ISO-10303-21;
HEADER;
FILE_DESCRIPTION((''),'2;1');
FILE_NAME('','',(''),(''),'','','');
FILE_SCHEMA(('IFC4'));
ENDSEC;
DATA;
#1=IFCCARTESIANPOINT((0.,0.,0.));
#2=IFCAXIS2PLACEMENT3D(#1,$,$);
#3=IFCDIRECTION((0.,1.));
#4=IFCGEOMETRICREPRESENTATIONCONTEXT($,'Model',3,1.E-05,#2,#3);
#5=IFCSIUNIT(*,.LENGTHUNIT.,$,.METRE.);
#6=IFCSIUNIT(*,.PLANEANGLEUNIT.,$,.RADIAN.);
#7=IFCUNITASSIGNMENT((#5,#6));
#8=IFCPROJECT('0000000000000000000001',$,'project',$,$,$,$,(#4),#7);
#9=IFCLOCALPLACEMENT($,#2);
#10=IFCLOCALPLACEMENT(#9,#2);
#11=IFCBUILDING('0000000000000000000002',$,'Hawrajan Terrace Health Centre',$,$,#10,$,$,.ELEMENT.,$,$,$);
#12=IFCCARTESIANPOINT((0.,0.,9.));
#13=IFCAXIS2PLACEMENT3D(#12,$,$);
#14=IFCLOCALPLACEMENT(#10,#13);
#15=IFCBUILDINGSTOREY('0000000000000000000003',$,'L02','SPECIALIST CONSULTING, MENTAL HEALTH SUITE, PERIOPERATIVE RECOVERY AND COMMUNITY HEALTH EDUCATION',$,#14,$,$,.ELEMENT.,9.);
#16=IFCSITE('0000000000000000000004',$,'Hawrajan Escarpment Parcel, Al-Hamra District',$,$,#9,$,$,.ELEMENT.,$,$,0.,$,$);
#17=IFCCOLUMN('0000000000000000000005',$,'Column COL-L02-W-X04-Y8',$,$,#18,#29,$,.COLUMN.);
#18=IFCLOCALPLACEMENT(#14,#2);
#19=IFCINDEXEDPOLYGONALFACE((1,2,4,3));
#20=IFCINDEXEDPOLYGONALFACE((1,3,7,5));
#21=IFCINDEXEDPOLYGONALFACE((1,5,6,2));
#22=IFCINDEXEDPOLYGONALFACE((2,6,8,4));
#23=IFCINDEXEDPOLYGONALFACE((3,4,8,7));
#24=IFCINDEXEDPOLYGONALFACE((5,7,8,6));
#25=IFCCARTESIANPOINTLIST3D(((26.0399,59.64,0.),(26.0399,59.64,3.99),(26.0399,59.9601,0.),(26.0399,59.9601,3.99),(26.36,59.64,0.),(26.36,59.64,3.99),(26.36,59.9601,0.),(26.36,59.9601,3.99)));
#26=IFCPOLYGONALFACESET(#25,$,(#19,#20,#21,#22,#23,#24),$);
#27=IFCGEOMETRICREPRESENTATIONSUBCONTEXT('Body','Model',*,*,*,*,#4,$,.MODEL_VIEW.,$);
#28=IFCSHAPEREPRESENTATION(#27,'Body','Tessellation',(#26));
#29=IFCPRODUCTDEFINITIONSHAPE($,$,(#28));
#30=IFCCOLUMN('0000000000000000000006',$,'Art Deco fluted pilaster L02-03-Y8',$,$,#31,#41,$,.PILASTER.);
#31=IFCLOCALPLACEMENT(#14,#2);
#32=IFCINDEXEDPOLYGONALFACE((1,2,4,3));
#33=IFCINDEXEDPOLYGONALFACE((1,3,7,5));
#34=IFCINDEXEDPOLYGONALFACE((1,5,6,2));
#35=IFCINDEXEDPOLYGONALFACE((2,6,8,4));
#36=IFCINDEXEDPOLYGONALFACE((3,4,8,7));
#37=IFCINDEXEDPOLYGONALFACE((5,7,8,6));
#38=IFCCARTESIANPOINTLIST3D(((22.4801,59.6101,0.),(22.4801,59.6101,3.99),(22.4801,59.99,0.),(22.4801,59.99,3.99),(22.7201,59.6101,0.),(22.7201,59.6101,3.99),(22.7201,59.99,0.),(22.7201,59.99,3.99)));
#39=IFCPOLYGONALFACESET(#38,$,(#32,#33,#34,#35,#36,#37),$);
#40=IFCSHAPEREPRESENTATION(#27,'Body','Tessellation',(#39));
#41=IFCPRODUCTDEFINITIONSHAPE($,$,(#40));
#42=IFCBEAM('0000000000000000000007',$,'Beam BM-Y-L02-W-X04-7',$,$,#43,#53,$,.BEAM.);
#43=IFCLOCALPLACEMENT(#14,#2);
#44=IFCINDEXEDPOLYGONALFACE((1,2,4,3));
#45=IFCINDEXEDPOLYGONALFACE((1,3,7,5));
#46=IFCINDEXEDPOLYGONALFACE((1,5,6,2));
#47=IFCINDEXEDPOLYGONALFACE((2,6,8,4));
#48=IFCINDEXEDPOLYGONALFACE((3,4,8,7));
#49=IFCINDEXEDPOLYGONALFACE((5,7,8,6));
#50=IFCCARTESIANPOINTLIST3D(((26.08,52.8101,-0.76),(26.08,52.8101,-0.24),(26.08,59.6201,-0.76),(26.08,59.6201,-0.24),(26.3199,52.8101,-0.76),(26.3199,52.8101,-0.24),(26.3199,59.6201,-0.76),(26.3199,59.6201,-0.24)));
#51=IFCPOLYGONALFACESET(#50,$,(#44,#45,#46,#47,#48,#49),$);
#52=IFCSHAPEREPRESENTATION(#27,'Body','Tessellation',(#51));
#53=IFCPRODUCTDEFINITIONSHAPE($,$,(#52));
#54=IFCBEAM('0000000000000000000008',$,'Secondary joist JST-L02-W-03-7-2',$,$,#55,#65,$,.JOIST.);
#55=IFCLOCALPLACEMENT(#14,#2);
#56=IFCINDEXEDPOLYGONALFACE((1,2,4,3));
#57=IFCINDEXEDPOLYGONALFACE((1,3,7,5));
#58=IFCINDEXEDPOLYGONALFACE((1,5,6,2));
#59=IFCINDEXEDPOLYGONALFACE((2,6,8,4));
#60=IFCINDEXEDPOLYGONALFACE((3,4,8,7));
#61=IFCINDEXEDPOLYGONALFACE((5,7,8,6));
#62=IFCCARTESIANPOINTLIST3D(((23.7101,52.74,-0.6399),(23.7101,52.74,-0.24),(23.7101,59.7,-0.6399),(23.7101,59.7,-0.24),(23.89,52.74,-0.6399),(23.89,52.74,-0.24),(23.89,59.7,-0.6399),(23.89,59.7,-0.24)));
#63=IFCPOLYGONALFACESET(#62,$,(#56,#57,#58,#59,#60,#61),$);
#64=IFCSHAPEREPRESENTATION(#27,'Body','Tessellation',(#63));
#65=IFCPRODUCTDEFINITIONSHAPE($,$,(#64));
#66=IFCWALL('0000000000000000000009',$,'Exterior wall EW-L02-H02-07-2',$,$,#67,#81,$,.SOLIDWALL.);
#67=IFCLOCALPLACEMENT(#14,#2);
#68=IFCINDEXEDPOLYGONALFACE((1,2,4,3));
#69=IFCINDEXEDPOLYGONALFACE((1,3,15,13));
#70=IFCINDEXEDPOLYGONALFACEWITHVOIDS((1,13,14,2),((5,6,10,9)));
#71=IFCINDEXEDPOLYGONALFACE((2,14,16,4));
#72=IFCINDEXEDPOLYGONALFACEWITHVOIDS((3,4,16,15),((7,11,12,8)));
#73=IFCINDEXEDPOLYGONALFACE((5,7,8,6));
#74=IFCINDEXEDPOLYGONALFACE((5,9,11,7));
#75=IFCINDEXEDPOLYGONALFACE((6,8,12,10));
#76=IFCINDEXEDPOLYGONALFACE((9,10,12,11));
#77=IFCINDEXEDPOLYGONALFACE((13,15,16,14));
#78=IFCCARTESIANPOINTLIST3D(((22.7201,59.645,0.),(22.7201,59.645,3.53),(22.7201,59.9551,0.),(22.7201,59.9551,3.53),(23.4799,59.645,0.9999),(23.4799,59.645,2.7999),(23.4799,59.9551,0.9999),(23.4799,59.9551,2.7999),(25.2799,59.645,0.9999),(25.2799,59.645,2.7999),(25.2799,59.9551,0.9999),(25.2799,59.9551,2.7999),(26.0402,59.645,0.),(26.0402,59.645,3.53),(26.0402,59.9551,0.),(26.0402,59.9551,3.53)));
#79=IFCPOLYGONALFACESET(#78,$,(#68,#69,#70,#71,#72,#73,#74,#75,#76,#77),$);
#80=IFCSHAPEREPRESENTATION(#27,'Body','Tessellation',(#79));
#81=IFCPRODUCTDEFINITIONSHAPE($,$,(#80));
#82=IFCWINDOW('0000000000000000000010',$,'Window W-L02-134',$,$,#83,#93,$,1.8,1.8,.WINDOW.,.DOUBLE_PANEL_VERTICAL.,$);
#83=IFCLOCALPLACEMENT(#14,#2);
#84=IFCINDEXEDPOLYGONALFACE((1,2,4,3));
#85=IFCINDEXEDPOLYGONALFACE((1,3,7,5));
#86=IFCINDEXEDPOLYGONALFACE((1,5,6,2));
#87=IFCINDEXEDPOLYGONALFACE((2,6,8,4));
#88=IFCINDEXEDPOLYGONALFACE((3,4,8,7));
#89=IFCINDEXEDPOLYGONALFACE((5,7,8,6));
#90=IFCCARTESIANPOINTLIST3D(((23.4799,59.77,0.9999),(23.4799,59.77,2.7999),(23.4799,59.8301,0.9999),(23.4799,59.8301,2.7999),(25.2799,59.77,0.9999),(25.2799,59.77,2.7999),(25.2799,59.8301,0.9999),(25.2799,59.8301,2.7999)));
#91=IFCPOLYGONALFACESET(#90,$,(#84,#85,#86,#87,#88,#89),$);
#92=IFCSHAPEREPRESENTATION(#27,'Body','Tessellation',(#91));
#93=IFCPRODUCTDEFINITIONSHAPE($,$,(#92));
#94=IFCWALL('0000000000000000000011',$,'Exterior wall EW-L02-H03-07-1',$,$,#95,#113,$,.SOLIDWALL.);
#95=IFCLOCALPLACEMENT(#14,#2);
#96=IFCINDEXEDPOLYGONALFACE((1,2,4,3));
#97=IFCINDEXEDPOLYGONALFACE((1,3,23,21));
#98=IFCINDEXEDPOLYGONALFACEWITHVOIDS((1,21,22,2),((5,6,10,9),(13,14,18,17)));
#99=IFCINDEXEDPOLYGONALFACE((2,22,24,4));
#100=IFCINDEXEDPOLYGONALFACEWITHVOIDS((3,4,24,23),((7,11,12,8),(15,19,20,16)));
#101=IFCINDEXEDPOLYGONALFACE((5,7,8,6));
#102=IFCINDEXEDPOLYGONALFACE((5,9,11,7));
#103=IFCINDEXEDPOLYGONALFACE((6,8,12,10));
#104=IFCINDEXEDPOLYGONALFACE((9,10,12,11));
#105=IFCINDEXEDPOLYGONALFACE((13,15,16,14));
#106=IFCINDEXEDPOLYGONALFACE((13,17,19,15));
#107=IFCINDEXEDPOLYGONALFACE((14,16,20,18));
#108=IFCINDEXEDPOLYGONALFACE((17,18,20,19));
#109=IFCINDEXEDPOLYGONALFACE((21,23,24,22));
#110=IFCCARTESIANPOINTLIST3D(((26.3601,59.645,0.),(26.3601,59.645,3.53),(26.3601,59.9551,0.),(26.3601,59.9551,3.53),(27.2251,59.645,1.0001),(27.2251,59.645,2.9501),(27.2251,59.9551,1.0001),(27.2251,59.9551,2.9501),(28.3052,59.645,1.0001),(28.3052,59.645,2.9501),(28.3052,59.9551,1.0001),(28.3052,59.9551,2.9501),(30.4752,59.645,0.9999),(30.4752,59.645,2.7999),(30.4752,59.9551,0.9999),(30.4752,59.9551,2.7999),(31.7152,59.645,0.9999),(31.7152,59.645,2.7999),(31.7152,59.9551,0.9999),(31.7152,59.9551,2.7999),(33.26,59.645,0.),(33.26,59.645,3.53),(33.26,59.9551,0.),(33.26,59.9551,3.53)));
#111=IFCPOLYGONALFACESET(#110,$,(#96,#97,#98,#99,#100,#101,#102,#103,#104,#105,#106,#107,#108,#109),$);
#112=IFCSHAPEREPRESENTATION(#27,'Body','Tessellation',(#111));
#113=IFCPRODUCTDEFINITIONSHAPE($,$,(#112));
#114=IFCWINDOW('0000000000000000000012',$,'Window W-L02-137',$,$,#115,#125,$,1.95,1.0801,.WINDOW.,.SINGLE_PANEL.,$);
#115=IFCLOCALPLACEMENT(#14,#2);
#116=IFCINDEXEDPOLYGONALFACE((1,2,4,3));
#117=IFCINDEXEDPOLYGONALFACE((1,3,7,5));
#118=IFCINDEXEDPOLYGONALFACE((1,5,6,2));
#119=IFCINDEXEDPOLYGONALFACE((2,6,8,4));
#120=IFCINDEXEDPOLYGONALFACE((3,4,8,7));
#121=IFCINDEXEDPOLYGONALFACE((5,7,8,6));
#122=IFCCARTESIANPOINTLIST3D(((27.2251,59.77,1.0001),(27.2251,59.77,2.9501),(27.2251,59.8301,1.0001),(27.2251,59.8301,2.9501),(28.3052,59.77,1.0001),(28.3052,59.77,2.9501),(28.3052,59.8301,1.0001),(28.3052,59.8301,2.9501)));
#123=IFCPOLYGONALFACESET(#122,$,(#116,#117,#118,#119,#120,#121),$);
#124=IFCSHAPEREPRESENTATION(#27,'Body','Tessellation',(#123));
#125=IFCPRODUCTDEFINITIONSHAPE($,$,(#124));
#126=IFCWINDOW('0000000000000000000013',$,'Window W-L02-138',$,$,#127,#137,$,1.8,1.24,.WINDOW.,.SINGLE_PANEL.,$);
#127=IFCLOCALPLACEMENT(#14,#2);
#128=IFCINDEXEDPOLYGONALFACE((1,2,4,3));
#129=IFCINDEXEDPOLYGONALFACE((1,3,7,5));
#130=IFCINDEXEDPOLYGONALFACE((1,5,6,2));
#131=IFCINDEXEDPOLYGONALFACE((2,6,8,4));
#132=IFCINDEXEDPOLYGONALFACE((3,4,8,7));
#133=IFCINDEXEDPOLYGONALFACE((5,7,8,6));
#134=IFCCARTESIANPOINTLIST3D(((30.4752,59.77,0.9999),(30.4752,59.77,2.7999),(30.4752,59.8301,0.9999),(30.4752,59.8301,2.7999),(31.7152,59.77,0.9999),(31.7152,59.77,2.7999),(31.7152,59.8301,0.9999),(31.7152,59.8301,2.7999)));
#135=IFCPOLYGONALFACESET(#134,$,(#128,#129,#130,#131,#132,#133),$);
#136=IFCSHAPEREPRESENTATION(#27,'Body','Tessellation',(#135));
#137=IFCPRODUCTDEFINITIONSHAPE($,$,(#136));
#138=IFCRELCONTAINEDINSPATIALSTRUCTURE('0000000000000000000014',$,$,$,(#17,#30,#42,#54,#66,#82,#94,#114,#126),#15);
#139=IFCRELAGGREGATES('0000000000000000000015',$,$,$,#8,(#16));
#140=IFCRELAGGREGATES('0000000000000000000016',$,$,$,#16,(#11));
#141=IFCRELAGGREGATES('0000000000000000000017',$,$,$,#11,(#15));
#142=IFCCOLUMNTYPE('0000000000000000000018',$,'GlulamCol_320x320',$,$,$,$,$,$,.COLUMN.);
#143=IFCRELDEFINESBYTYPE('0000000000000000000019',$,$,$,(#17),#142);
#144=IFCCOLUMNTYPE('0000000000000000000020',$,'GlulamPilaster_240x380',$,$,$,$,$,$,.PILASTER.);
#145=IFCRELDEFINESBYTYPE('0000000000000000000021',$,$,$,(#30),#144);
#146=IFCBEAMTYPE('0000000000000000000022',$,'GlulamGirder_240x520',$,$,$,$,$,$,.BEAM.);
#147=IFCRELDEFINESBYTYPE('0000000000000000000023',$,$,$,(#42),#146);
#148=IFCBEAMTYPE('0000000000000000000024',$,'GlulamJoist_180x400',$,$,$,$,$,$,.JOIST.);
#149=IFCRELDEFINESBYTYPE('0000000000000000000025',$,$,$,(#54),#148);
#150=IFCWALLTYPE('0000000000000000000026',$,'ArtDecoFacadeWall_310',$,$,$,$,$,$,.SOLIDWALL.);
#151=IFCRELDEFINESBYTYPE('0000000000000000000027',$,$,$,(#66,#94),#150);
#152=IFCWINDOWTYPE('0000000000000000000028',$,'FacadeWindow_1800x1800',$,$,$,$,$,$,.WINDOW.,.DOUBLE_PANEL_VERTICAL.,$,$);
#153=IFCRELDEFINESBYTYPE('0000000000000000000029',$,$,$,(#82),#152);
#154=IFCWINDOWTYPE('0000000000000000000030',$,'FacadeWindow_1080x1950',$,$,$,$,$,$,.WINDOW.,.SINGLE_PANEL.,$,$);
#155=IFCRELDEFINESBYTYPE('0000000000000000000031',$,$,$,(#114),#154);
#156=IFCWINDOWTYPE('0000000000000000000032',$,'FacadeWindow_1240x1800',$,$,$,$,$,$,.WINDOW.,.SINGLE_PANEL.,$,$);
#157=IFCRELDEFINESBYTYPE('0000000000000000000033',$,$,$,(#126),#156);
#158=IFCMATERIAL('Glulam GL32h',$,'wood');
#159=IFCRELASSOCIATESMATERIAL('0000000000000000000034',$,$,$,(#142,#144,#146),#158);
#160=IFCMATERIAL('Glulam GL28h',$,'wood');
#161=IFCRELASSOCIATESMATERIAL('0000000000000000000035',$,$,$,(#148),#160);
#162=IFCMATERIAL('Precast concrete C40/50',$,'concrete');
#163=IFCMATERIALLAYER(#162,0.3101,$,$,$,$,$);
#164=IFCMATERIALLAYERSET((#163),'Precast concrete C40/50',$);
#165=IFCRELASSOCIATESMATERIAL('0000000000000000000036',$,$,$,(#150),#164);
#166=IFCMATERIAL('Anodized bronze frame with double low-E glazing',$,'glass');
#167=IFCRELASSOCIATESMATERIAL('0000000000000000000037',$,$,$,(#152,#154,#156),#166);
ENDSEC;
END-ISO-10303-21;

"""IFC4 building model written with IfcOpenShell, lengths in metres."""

from ifc_helpers import new_model, si_unit, direction, frame, frame_2d, origin, origin_2d, place, context, subcontext, project, spatial, rectangle, extrude, material, layer, layer_set, material_profile, profile_set, type_object, element, fill, save


model = new_model("IFC4")

# Units and contexts
model_context = context("Model", 3, precision=1e-05, world=origin(), true_north=direction((0.0, 1.0)))
body_context = subcontext(model_context, "Body", "Model", "MODEL_VIEW")
ifc_project = project(units=[si_unit("LENGTHUNIT", "METRE"), si_unit("PLANEANGLEUNIT", "RADIAN")], contexts=[model_context])

# Site, building, storey
site_placement = place(None, origin())
site = spatial("IfcSite", under=ifc_project, at=site_placement, Name="Hawrajan Escarpment Parcel, Al-Hamra District", CompositionType="ELEMENT", RefElevation=0.0)
building_placement = place(site_placement, origin())
building = spatial("IfcBuilding", under=site, at=building_placement, Name="Hawrajan Terrace Health Centre", CompositionType="ELEMENT")
storey_placement = place(building_placement, frame((0.0, 0.0, 9.0)))
storey = spatial("IfcBuildingStorey", under=building, at=storey_placement, Name="L02", Description="SPECIALIST CONSULTING, MENTAL HEALTH SUITE, PERIOPERATIVE RECOVERY AND COMMUNITY HEALTH EDUCATION", CompositionType="ELEMENT", Elevation=9.0)

# Columns
ifc_material_1 = material(Name="Glulam GL32h", Category="wood")
ifc_material_profile_1 = material_profile(ifc_material_1, rectangle(XDim=0.3201, YDim=0.3201, at=origin_2d()), Name="GL 320x320")
ifc_profile_set_1 = profile_set([ifc_material_profile_1], Name="Glulam GL32h")
column_type_1 = type_object("IfcColumnType", Name="GlulamCol_320x320", PredefinedType="COLUMN", material=ifc_profile_set_1)
column_1_placement = place(storey_placement, frame((26.2, 59.8, 0.0), z_axis=(0.0, 0.0, 1.0), x_axis=(1.0, 0.0, 0.0)))
element("IfcColumn", 1, at=column_1_placement, inside=storey, type_object=column_type_1, Name="Column COL-L02-W-X04-Y8", PredefinedType="COLUMN", context=body_context, shape_type="SweptSolid", body=[
    extrude(rectangle(XDim=0.3201, YDim=0.3201, at=origin_2d()), origin(), (0.0, 0.0, 1.0), 3.99),
])
ifc_material_profile_2 = material_profile(ifc_material_1, rectangle(XDim=0.24, YDim=0.3799, at=origin_2d()), Name="GL PIL 240x380")
ifc_profile_set_2 = profile_set([ifc_material_profile_2], Name="Glulam GL32h")
column_type_2 = type_object("IfcColumnType", Name="GlulamPilaster_240x380", PredefinedType="PILASTER", material=ifc_profile_set_2)
column_2_placement = place(storey_placement, frame((22.6001, 59.8, 0.0), z_axis=(0.0, 0.0, 1.0), x_axis=(1.0, 0.0, 0.0)))
element("IfcColumn", 2, at=column_2_placement, inside=storey, type_object=column_type_2, Name="Art Deco fluted pilaster L02-03-Y8", PredefinedType="PILASTER", context=body_context, shape_type="SweptSolid", body=[
    extrude(rectangle(XDim=0.24, YDim=0.3799, at=origin_2d()), origin(), (0.0, 0.0, 1.0), 3.99),
])

# Beams
ifc_material_profile_3 = material_profile(ifc_material_1, rectangle(XDim=0.24, YDim=0.52, at=origin_2d()), Name="GL BM 240x520")
ifc_profile_set_3 = profile_set([ifc_material_profile_3], Name="Glulam GL32h")
beam_type_1 = type_object("IfcBeamType", Name="GlulamGirder_240x520", PredefinedType="BEAM", material=ifc_profile_set_3)
beam_1_placement = place(storey_placement, frame((26.2, 52.8101, -0.5), z_axis=(0.0, 1.0, 0.0), x_axis=(-1.0, 0.0, 0.0)))
element("IfcBeam", 3, at=beam_1_placement, inside=storey, type_object=beam_type_1, Name="Beam BM-Y-L02-W-X04-7", PredefinedType="BEAM", context=body_context, shape_type="SweptSolid", body=[
    extrude(rectangle(XDim=0.24, YDim=0.52, at=origin_2d()), origin(), (0.0, 0.0, 1.0), 6.8101),
])
ifc_material_2 = material(Name="Glulam GL28h", Category="wood")
ifc_material_profile_4 = material_profile(ifc_material_2, rectangle(XDim=0.1799, YDim=0.3999, at=origin_2d()), Name="GL JST 180x400")
ifc_profile_set_4 = profile_set([ifc_material_profile_4], Name="Glulam GL28h")
beam_type_2 = type_object("IfcBeamType", Name="GlulamJoist_180x400", PredefinedType="JOIST", material=ifc_profile_set_4)
beam_2_placement = place(storey_placement, frame((23.8, 52.74, -0.4399), z_axis=(0.0, 1.0, 0.0), x_axis=(-1.0, 0.0, 0.0)))
element("IfcBeam", 4, at=beam_2_placement, inside=storey, type_object=beam_type_2, Name="Secondary joist JST-L02-W-03-7-2", PredefinedType="JOIST", context=body_context, shape_type="SweptSolid", body=[
    extrude(rectangle(XDim=0.1799, YDim=0.3999, at=origin_2d()), origin(), (0.0, 0.0, 1.0), 6.96),
])

# Wall, opening, window
ifc_material_3 = material(Name="Precast concrete C40/50", Category="concrete")
ifc_layer_1 = layer(ifc_material_3, 0.3101)
ifc_layer_set_1 = layer_set([ifc_layer_1], Name="Precast concrete C40/50")
wall_type_1 = type_object("IfcWallType", Name="ArtDecoFacadeWall_310", PredefinedType="SOLIDWALL", material=ifc_layer_set_1)
wall_1_placement = place(storey_placement, frame((22.72, 59.8, 0.0), z_axis=(0.0, 0.0, 1.0), x_axis=(1.0, 0.0, 0.0)))
wall_1 = element("IfcWall", 5, at=wall_1_placement, inside=storey, type_object=wall_type_1, Name="Exterior wall EW-L02-H02-07-2", PredefinedType="SOLIDWALL", context=body_context, shape_type="SweptSolid", body=[
    extrude(rectangle(XDim=3.3201, YDim=0.3101, at=frame_2d((1.6602, 0.0))), origin(), (0.0, 0.0, 1.0), 3.53),
])
opening_1_placement = place(wall_1_placement, frame((0.76, 0.0, 1.0)))
opening_1 = element("IfcOpeningElement", 6, at=opening_1_placement, cuts=wall_1, PredefinedType="OPENING", context=body_context, shape_type="SweptSolid", body=[
    extrude(rectangle(XDim=1.8, YDim=1.8, at=frame_2d((0.8999, 0.8999))), frame((0.0, 0.165, 0.0), z_axis=(0.0, -1.0, 0.0), x_axis=(1.0, 0.0, 0.0)), (0.0, 0.0, 1.0), 0.3301),
])
ifc_material_4 = material(Name="Anodized bronze frame with double low-E glazing", Category="glass")
window_type_1 = type_object("IfcWindowType", Name="FacadeWindow_1800x1800", PartitioningType="DOUBLE_PANEL_VERTICAL", PredefinedType="WINDOW", material=ifc_material_4)
window_1_placement = place(opening_1_placement, origin())
window_1 = element("IfcWindow", 7, at=window_1_placement, inside=storey, type_object=window_type_1, Name="Window W-L02-134", OverallHeight=1.8, OverallWidth=1.8, PartitioningType="DOUBLE_PANEL_VERTICAL", PredefinedType="WINDOW", context=body_context, shape_type="SweptSolid", body=[
    extrude(rectangle(XDim=1.8, YDim=1.8, at=frame_2d((0.8999, 0.8999))), frame((0.0, 0.03, 0.0), z_axis=(0.0, -1.0, 0.0), x_axis=(1.0, 0.0, 0.0)), (0.0, 0.0, 1.0), 0.0601),
])
fill(opening_1, window_1)

# Wall, openings, windows
wall_2_placement = place(storey_placement, frame((26.3601, 59.8, 0.0), z_axis=(0.0, 0.0, 1.0), x_axis=(1.0, 0.0, 0.0)))
wall_2 = element("IfcWall", 8, at=wall_2_placement, inside=storey, type_object=wall_type_1, Name="Exterior wall EW-L02-H03-07-1", PredefinedType="SOLIDWALL", context=body_context, shape_type="SweptSolid", body=[
    extrude(rectangle(XDim=6.8999, YDim=0.3101, at=frame_2d((3.45, 0.0))), origin(), (0.0, 0.0, 1.0), 3.53),
])
opening_2_placement = place(wall_2_placement, frame((0.865, 0.0, 1.0)))
opening_2 = element("IfcOpeningElement", 9, at=opening_2_placement, cuts=wall_2, PredefinedType="OPENING", context=body_context, shape_type="SweptSolid", body=[
    extrude(rectangle(XDim=1.0801, YDim=1.95, at=frame_2d((0.54, 0.9751))), frame((0.0, 0.165, 0.0), z_axis=(0.0, -1.0, 0.0), x_axis=(1.0, 0.0, 0.0)), (0.0, 0.0, 1.0), 0.3301),
])
opening_3_placement = place(wall_2_placement, frame((4.115, 0.0, 1.0)))
opening_3 = element("IfcOpeningElement", 10, at=opening_3_placement, cuts=wall_2, PredefinedType="OPENING", context=body_context, shape_type="SweptSolid", body=[
    extrude(rectangle(XDim=1.24, YDim=1.8, at=frame_2d((0.6201, 0.8999))), frame((0.0, 0.165, 0.0), z_axis=(0.0, -1.0, 0.0), x_axis=(1.0, 0.0, 0.0)), (0.0, 0.0, 1.0), 0.3301),
])
window_type_2 = type_object("IfcWindowType", Name="FacadeWindow_1080x1950", PartitioningType="SINGLE_PANEL", PredefinedType="WINDOW", material=ifc_material_4)
window_2_placement = place(opening_2_placement, origin())
window_2 = element("IfcWindow", 11, at=window_2_placement, inside=storey, type_object=window_type_2, Name="Window W-L02-137", OverallHeight=1.95, OverallWidth=1.0801, PartitioningType="SINGLE_PANEL", PredefinedType="WINDOW", context=body_context, shape_type="SweptSolid", body=[
    extrude(rectangle(XDim=1.0801, YDim=1.95, at=frame_2d((0.54, 0.9751))), frame((0.0, 0.03, 0.0), z_axis=(0.0, -1.0, 0.0), x_axis=(1.0, 0.0, 0.0)), (0.0, 0.0, 1.0), 0.0601),
])
fill(opening_2, window_2)
window_type_3 = type_object("IfcWindowType", Name="FacadeWindow_1240x1800", PartitioningType="SINGLE_PANEL", PredefinedType="WINDOW", material=ifc_material_4)
window_3_placement = place(opening_3_placement, origin())
window_3 = element("IfcWindow", 12, at=window_3_placement, inside=storey, type_object=window_type_3, Name="Window W-L02-138", OverallHeight=1.8, OverallWidth=1.24, PartitioningType="SINGLE_PANEL", PredefinedType="WINDOW", context=body_context, shape_type="SweptSolid", body=[
    extrude(rectangle(XDim=1.24, YDim=1.8, at=frame_2d((0.6201, 0.8999))), frame((0.0, 0.03, 0.0), z_axis=(0.0, -1.0, 0.0), x_axis=(1.0, 0.0, 0.0)), (0.0, 0.0, 1.0), 0.0601),
])
fill(opening_3, window_3)

save(model, "model.ifc")
